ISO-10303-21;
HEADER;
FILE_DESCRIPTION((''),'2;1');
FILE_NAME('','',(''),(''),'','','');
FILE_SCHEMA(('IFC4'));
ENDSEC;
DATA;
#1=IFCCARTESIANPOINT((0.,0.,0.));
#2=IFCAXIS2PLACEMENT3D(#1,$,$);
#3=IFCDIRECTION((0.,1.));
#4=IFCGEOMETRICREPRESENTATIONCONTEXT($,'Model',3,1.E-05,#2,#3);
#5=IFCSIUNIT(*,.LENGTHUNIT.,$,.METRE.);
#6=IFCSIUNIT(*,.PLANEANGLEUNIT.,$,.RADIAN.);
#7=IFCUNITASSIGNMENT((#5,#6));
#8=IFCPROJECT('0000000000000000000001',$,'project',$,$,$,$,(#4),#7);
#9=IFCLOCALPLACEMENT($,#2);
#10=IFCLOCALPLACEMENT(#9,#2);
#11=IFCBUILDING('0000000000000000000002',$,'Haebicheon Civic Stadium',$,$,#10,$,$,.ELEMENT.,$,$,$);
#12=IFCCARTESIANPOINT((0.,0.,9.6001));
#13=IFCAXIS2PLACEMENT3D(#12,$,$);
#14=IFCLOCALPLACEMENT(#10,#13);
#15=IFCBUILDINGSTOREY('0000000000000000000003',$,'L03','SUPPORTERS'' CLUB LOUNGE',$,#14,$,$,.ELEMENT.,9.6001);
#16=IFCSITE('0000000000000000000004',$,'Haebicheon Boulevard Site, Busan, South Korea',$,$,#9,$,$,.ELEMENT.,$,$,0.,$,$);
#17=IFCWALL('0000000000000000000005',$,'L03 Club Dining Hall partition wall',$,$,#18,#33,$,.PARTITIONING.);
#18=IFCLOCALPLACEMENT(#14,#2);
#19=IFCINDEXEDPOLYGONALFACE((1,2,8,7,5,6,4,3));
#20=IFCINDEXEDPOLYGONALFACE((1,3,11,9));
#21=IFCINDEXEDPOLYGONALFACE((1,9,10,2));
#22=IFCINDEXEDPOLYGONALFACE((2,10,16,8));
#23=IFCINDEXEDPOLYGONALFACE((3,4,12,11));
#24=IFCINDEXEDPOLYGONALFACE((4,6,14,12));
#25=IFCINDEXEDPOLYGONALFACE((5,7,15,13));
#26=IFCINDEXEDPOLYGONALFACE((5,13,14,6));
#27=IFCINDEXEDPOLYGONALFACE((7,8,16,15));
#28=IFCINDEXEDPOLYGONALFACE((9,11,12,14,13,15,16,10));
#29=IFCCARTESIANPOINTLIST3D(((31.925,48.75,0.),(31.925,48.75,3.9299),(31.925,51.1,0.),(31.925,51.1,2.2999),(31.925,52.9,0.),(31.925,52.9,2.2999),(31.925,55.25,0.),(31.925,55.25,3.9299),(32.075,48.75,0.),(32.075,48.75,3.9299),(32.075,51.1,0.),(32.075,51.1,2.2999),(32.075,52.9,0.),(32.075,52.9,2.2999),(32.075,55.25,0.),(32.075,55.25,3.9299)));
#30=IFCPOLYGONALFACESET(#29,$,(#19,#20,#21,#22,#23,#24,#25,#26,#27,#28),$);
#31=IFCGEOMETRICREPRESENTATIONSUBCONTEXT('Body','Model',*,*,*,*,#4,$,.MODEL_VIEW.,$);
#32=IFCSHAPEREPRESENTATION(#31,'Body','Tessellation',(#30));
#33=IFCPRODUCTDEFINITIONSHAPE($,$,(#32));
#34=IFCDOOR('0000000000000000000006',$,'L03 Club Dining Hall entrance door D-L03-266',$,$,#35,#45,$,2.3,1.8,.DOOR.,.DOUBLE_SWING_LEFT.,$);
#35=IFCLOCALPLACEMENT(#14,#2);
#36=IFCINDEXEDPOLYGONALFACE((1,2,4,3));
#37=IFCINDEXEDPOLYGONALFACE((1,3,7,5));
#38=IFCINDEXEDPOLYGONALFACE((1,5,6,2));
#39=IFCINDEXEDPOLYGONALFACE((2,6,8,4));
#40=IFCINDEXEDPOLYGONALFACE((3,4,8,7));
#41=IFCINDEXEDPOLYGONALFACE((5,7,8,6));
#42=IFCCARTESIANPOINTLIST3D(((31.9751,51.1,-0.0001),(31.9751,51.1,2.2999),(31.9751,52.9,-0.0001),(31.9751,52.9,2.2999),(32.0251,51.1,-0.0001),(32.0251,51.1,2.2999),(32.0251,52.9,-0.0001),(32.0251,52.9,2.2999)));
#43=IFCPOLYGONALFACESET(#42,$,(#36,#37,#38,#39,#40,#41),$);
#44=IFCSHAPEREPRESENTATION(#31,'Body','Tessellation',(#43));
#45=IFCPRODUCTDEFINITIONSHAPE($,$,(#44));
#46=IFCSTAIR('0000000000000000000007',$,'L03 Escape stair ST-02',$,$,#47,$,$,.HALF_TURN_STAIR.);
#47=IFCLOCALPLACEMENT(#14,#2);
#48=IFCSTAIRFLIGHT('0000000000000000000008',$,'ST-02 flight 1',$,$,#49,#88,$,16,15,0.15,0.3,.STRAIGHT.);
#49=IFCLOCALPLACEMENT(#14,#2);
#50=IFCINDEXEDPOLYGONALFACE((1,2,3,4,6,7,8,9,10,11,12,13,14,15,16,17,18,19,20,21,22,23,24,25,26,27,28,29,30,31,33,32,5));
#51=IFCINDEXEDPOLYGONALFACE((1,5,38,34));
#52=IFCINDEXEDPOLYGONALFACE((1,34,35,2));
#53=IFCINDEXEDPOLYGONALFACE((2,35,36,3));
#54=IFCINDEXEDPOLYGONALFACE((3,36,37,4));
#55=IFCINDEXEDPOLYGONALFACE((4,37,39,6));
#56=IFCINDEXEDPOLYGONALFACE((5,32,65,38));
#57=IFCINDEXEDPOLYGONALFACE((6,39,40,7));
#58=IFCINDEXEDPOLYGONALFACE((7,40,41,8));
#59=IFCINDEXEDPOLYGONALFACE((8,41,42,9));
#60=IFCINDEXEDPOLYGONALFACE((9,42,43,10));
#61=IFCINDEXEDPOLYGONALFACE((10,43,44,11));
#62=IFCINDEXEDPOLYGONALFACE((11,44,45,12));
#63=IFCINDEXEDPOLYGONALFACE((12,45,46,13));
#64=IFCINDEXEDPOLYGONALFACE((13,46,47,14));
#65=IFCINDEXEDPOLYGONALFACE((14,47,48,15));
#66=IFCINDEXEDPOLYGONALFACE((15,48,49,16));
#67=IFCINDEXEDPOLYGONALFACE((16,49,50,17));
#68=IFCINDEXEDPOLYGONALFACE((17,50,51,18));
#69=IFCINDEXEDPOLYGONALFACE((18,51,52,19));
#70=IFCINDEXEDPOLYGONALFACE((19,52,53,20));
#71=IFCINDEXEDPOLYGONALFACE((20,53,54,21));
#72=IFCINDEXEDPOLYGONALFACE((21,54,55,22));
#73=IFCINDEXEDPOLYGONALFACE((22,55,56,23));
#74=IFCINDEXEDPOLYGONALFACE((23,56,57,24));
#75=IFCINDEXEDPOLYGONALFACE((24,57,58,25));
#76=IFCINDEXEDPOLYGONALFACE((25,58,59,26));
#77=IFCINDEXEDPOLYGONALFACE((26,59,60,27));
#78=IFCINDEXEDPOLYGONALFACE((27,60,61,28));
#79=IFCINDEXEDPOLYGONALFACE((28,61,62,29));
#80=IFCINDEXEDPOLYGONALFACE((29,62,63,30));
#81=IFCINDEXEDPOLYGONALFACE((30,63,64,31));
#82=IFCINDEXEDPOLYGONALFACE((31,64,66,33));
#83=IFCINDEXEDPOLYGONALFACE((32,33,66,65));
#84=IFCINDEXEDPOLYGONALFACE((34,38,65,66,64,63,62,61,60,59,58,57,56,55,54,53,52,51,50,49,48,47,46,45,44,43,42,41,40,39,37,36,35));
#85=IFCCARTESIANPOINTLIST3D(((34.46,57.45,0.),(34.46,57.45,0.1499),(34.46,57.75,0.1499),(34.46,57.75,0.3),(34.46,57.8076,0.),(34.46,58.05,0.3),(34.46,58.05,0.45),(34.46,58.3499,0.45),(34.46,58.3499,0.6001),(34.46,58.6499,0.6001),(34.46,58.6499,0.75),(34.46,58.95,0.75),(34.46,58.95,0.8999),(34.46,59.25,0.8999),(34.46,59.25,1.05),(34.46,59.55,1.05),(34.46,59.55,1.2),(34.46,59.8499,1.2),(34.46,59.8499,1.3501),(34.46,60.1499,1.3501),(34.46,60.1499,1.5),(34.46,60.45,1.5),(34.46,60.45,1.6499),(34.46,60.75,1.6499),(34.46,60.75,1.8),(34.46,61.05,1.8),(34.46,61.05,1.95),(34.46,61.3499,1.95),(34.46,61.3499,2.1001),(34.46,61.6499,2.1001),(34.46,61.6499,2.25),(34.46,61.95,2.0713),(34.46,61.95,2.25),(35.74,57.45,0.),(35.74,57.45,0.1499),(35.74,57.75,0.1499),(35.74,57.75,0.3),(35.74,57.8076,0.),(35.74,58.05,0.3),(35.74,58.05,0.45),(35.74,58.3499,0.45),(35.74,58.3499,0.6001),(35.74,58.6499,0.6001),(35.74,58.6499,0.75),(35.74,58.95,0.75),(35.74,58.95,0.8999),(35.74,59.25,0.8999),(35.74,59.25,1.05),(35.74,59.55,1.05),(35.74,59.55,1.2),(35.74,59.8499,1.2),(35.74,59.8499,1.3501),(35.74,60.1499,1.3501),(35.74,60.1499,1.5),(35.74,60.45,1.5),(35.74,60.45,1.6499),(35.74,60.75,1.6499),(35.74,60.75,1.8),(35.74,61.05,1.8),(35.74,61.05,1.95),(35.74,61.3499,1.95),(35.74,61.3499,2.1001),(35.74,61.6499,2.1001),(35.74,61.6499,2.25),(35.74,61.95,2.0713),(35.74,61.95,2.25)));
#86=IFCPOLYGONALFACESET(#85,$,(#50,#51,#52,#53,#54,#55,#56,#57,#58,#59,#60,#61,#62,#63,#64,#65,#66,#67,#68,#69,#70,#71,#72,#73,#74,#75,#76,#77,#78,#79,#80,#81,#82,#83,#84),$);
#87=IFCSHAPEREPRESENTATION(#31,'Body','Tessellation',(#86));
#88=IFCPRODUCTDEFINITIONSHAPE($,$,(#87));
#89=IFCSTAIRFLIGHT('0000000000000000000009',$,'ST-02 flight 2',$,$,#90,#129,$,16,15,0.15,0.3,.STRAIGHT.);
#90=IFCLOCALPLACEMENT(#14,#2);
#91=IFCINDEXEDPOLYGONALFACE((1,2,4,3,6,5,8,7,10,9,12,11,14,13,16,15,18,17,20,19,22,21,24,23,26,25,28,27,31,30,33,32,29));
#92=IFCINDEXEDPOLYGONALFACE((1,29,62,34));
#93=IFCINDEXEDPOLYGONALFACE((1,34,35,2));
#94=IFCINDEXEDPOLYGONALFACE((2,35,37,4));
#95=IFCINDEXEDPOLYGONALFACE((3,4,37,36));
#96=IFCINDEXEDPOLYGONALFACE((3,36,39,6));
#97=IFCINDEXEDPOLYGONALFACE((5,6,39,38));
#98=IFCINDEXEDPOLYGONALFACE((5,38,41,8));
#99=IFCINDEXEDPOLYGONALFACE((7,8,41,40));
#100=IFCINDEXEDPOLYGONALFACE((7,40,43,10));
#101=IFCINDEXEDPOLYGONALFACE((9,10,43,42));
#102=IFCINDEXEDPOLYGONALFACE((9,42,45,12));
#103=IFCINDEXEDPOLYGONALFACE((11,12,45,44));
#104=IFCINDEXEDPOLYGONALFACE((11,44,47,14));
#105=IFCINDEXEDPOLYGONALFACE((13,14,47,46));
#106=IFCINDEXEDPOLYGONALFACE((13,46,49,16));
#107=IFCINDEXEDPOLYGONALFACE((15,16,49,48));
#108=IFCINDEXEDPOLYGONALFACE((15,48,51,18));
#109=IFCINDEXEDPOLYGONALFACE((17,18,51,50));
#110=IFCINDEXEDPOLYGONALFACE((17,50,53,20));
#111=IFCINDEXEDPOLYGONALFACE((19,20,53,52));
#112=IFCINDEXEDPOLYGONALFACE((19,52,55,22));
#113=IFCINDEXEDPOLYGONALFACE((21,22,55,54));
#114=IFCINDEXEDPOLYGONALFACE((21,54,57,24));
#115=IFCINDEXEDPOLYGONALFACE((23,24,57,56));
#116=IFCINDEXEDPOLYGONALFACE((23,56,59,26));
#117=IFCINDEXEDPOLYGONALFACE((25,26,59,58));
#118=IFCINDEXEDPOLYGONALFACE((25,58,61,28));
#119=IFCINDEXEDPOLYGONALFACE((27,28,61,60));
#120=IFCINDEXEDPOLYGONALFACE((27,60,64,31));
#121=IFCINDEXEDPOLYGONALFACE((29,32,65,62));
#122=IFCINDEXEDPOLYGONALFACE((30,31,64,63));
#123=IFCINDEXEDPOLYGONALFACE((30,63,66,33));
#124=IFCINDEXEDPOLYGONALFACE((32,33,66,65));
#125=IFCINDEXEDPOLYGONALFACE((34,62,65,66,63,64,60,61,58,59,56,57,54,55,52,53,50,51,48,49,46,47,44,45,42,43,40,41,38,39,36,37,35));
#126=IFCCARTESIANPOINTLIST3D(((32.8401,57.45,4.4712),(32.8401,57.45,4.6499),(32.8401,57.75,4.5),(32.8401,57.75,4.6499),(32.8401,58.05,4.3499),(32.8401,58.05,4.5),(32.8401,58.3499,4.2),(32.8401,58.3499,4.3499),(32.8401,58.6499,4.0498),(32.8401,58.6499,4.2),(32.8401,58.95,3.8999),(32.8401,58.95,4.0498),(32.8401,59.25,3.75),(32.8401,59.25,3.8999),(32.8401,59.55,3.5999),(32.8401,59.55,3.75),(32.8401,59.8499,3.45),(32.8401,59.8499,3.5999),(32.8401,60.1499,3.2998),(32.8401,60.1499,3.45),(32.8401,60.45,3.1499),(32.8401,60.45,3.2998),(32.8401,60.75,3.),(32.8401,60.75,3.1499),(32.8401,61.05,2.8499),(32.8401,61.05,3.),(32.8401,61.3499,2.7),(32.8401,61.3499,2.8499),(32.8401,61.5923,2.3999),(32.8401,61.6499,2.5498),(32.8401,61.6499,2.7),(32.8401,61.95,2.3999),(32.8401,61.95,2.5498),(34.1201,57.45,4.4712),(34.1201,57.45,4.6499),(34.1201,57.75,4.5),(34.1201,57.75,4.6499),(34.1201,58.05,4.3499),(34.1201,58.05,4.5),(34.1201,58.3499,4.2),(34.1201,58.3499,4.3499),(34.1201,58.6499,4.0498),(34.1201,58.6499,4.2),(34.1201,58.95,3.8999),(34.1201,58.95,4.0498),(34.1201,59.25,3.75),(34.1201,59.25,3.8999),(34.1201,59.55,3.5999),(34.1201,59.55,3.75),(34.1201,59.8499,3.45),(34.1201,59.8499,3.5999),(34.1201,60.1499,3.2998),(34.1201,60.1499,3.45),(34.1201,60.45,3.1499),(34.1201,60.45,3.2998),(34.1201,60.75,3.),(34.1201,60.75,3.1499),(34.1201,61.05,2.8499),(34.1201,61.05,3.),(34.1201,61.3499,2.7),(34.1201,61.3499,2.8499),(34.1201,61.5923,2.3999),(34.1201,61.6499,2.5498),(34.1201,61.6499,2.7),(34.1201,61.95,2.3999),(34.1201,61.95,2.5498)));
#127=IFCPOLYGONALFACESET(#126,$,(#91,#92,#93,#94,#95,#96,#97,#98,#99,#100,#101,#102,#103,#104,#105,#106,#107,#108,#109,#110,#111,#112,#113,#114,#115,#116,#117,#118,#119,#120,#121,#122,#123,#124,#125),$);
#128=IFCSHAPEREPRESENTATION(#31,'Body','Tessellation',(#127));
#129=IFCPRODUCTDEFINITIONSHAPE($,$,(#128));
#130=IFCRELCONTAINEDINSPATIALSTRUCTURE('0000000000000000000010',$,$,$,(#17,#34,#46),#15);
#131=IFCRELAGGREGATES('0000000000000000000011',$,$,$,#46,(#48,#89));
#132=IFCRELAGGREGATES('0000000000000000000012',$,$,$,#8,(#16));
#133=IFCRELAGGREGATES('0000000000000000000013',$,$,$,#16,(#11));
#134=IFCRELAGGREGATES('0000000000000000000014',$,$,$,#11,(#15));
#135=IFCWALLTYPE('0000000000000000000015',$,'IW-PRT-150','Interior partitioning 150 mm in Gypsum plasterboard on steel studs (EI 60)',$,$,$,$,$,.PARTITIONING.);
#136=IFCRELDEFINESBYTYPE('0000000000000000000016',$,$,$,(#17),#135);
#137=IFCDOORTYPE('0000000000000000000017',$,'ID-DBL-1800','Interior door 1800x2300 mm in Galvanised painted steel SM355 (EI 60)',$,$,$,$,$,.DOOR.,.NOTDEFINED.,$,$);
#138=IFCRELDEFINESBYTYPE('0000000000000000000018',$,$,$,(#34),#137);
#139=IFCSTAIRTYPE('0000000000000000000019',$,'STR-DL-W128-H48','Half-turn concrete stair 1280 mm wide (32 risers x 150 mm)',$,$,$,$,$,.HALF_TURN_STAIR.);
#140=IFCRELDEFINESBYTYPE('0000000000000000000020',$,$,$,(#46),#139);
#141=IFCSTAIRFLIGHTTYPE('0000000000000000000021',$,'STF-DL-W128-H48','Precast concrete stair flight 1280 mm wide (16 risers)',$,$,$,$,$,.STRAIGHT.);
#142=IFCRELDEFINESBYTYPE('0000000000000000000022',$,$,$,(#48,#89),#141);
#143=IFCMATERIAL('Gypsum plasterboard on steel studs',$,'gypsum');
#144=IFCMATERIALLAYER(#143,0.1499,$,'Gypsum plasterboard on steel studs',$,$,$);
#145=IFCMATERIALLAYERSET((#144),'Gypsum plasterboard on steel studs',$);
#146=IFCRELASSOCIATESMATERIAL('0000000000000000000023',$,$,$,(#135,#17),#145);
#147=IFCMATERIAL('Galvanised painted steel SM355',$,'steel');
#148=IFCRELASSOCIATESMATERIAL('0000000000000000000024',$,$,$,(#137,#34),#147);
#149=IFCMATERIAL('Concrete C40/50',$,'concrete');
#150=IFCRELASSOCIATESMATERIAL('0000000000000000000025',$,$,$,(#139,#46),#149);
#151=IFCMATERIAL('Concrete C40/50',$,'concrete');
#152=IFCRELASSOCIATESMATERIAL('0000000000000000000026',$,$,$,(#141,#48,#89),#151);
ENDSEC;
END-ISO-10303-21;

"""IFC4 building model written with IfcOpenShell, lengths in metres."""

from ifc_helpers import new_model, si_unit, direction, frame, frame_2d, origin, place, context, subcontext, project, spatial, polyline, rectangle, outline, extrude, material, layer, layer_set, type_object, element, fill, aggregate, save


model = new_model("IFC4")

# Units and contexts
model_context = context("Model", 3, precision=1e-05, world=origin(), true_north=direction((0.0, 1.0)))
body_context = subcontext(model_context, "Body", "Model", "MODEL_VIEW")
ifc_project = project(units=[si_unit("LENGTHUNIT", "METRE"), si_unit("PLANEANGLEUNIT", "RADIAN")], contexts=[model_context])

# Site, building, storey
site_placement = place(None, origin())
site = spatial("IfcSite", under=ifc_project, at=site_placement, Name="Haebicheon Boulevard Site, Busan, South Korea", CompositionType="ELEMENT", RefElevation=0.0)
building_placement = place(site_placement, origin())
building = spatial("IfcBuilding", under=site, at=building_placement, Name="Haebicheon Civic Stadium", CompositionType="ELEMENT")
storey_placement = place(building_placement, frame((0.0, 0.0, 9.6001)))
storey = spatial("IfcBuildingStorey", under=building, at=storey_placement, Name="L03", Description="SUPPORTERS' CLUB LOUNGE", CompositionType="ELEMENT", Elevation=9.6001)

# Wall, opening, door
ifc_material_1 = material(Name="Gypsum plasterboard on steel studs", Category="gypsum")
ifc_layer_1 = layer(ifc_material_1, 0.1499, Name="Gypsum plasterboard on steel studs")
ifc_layer_set_1 = layer_set([ifc_layer_1], Name="Gypsum plasterboard on steel studs")
wall_type_1 = type_object("IfcWallType", Name="IW-PRT-150", Description="Interior partitioning 150 mm in Gypsum plasterboard on steel studs (EI 60)", PredefinedType="PARTITIONING", material=ifc_layer_set_1)
wall_1_placement = place(storey_placement, frame((32.0, 48.75, 0.0), z_axis=(0.0, 0.0, 1.0), x_axis=(0.0, 1.0, 0.0)))
wall_1 = element("IfcWall", 1, at=wall_1_placement, inside=storey, type_object=wall_type_1, material=ifc_layer_set_1, Name="L03 Club Dining Hall partition wall", PredefinedType="PARTITIONING", context=body_context, shape_type="SweptSolid", body=[
    extrude(rectangle(XDim=6.5, YDim=0.1499, at=frame_2d((3.25, 0.0))), origin(), (0.0, 0.0, 1.0), 3.9299),
])
opening_1_placement = place(wall_1_placement, frame((2.3501, 0.0, 0.0)))
opening_1 = element("IfcOpeningElement", 2, at=opening_1_placement, cuts=wall_1, PredefinedType="OPENING", context=body_context, shape_type="SweptSolid", body=[
    extrude(rectangle(XDim=1.8, YDim=2.3, at=frame_2d((0.8999, 1.1499))), frame((0.0, 0.085, 0.0), z_axis=(0.0, -1.0, 0.0), x_axis=(1.0, 0.0, 0.0)), (0.0, 0.0, 1.0), 0.1699),
])
ifc_material_2 = material(Name="Galvanised painted steel SM355", Category="steel")
door_type_1 = type_object("IfcDoorType", Name="ID-DBL-1800", Description="Interior door 1800x2300 mm in Galvanised painted steel SM355 (EI 60)", OperationType="NOTDEFINED", PredefinedType="DOOR", material=ifc_material_2)
door_1_placement = place(opening_1_placement, origin())
door_1 = element("IfcDoor", 3, at=door_1_placement, inside=storey, type_object=door_type_1, material=ifc_material_2, Name="L03 Club Dining Hall entrance door D-L03-266", OperationType="DOUBLE_SWING_LEFT", OverallHeight=2.3, OverallWidth=1.8, PredefinedType="DOOR", context=body_context, shape_type="SweptSolid", body=[
    extrude(rectangle(XDim=1.8, YDim=2.3, at=frame_2d((0.8999, 1.1499))), frame((0.0, 0.0249, 0.0), z_axis=(0.0, -1.0, 0.0), x_axis=(1.0, 0.0, 0.0)), (0.0, 0.0, 1.0), 0.05),
])
fill(opening_1, door_1)

# Stair, stair flights
ifc_material_3 = material(Name="Concrete C40/50", Category="concrete")
stair_type = type_object("IfcStairType", Name="STR-DL-W128-H48", Description="Half-turn concrete stair 1280 mm wide (32 risers x 150 mm)", PredefinedType="HALF_TURN_STAIR", material=ifc_material_3)
stair_placement = place(storey_placement, origin())
stair = element("IfcStair", 4, at=stair_placement, inside=storey, type_object=stair_type, material=ifc_material_3, Name="L03 Escape stair ST-02", PredefinedType="HALF_TURN_STAIR")
ifc_material_4 = material(Name="Concrete C40/50", Category="concrete")
stair_flight_type = type_object("IfcStairFlightType", Name="STF-DL-W128-H48", Description="Precast concrete stair flight 1280 mm wide (16 risers)", PredefinedType="STRAIGHT", material=ifc_material_4)
stair_flight_1_placement = place(storey_placement, frame((35.1001, 57.45, 0.0), z_axis=(0.0, 0.0, 1.0), x_axis=(0.0, 1.0, 0.0)))
stair_flight_1 = element("IfcStairFlight", 5, at=stair_flight_1_placement, type_object=stair_flight_type, material=ifc_material_4, Name="ST-02 flight 1", NumberOfRisers=16, NumberOfTreads=15, PredefinedType="STRAIGHT", RiserHeight=0.15, TreadLength=0.3, context=body_context, shape_type="SweptSolid", body=[
    extrude(outline(polyline([(0.0, 0.0), (0.0, 0.1499), (0.3, 0.1499), (0.3, 0.3), (0.6001, 0.3), (0.6001, 0.45), (0.8999, 0.45), (0.8999, 0.6001), (1.2, 0.6001), (1.2, 0.75), (1.5, 0.75), (1.5, 0.8999), (1.8, 0.8999), (1.8, 1.05), (2.1001, 1.05), (2.1001, 1.2), (2.3999, 1.2), (2.3999, 1.3501), (2.7, 1.3501), (2.7, 1.5), (3.0, 1.5), (3.0, 1.6499), (3.3, 1.6499), (3.3, 1.8), (3.6001, 1.8), (3.6001, 1.95), (3.8999, 1.95), (3.8999, 2.1001), (4.2, 2.1001), (4.2, 2.25), (4.5, 2.25), (4.5, 2.3999), (4.5, 2.0713), (0.3577, 0.0), (0.0, 0.0)])), frame((0.0, 0.6401, 0.0), z_axis=(0.0, -1.0, 0.0), x_axis=(1.0, 0.0, 0.0)), (0.0, 0.0, 1.0), 1.28),
])
stair_flight_2_placement = place(storey_placement, frame((33.48, 61.95, 2.3999), z_axis=(0.0, 0.0, 1.0), x_axis=(0.0, -1.0, 0.0)))
stair_flight_2 = element("IfcStairFlight", 6, at=stair_flight_2_placement, type_object=stair_flight_type, material=ifc_material_4, Name="ST-02 flight 2", NumberOfRisers=16, NumberOfTreads=15, PredefinedType="STRAIGHT", RiserHeight=0.15, TreadLength=0.3, context=body_context, shape_type="SweptSolid", body=[
    extrude(outline(polyline([(0.0, 0.0), (0.0, 0.1499), (0.3, 0.1499), (0.3, 0.3), (0.6001, 0.3), (0.6001, 0.45), (0.8999, 0.45), (0.8999, 0.6001), (1.2, 0.6001), (1.2, 0.75), (1.5, 0.75), (1.5, 0.8999), (1.8, 0.8999), (1.8, 1.05), (2.1001, 1.05), (2.1001, 1.2), (2.3999, 1.2), (2.3999, 1.3501), (2.7, 1.3501), (2.7, 1.5), (3.0, 1.5), (3.0, 1.6499), (3.3, 1.6499), (3.3, 1.8), (3.6001, 1.8), (3.6001, 1.95), (3.8999, 1.95), (3.8999, 2.1001), (4.2, 2.1001), (4.2, 2.25), (4.5, 2.25), (4.5, 2.3999), (4.5, 2.0713), (0.3577, 0.0), (0.0, 0.0)])), frame((0.0, 0.6401, 0.0), z_axis=(0.0, -1.0, 0.0), x_axis=(1.0, 0.0, 0.0)), (0.0, 0.0, 1.0), 1.28),
])
aggregate(stair, [stair_flight_1, stair_flight_2])

save(model, "model.ifc")
